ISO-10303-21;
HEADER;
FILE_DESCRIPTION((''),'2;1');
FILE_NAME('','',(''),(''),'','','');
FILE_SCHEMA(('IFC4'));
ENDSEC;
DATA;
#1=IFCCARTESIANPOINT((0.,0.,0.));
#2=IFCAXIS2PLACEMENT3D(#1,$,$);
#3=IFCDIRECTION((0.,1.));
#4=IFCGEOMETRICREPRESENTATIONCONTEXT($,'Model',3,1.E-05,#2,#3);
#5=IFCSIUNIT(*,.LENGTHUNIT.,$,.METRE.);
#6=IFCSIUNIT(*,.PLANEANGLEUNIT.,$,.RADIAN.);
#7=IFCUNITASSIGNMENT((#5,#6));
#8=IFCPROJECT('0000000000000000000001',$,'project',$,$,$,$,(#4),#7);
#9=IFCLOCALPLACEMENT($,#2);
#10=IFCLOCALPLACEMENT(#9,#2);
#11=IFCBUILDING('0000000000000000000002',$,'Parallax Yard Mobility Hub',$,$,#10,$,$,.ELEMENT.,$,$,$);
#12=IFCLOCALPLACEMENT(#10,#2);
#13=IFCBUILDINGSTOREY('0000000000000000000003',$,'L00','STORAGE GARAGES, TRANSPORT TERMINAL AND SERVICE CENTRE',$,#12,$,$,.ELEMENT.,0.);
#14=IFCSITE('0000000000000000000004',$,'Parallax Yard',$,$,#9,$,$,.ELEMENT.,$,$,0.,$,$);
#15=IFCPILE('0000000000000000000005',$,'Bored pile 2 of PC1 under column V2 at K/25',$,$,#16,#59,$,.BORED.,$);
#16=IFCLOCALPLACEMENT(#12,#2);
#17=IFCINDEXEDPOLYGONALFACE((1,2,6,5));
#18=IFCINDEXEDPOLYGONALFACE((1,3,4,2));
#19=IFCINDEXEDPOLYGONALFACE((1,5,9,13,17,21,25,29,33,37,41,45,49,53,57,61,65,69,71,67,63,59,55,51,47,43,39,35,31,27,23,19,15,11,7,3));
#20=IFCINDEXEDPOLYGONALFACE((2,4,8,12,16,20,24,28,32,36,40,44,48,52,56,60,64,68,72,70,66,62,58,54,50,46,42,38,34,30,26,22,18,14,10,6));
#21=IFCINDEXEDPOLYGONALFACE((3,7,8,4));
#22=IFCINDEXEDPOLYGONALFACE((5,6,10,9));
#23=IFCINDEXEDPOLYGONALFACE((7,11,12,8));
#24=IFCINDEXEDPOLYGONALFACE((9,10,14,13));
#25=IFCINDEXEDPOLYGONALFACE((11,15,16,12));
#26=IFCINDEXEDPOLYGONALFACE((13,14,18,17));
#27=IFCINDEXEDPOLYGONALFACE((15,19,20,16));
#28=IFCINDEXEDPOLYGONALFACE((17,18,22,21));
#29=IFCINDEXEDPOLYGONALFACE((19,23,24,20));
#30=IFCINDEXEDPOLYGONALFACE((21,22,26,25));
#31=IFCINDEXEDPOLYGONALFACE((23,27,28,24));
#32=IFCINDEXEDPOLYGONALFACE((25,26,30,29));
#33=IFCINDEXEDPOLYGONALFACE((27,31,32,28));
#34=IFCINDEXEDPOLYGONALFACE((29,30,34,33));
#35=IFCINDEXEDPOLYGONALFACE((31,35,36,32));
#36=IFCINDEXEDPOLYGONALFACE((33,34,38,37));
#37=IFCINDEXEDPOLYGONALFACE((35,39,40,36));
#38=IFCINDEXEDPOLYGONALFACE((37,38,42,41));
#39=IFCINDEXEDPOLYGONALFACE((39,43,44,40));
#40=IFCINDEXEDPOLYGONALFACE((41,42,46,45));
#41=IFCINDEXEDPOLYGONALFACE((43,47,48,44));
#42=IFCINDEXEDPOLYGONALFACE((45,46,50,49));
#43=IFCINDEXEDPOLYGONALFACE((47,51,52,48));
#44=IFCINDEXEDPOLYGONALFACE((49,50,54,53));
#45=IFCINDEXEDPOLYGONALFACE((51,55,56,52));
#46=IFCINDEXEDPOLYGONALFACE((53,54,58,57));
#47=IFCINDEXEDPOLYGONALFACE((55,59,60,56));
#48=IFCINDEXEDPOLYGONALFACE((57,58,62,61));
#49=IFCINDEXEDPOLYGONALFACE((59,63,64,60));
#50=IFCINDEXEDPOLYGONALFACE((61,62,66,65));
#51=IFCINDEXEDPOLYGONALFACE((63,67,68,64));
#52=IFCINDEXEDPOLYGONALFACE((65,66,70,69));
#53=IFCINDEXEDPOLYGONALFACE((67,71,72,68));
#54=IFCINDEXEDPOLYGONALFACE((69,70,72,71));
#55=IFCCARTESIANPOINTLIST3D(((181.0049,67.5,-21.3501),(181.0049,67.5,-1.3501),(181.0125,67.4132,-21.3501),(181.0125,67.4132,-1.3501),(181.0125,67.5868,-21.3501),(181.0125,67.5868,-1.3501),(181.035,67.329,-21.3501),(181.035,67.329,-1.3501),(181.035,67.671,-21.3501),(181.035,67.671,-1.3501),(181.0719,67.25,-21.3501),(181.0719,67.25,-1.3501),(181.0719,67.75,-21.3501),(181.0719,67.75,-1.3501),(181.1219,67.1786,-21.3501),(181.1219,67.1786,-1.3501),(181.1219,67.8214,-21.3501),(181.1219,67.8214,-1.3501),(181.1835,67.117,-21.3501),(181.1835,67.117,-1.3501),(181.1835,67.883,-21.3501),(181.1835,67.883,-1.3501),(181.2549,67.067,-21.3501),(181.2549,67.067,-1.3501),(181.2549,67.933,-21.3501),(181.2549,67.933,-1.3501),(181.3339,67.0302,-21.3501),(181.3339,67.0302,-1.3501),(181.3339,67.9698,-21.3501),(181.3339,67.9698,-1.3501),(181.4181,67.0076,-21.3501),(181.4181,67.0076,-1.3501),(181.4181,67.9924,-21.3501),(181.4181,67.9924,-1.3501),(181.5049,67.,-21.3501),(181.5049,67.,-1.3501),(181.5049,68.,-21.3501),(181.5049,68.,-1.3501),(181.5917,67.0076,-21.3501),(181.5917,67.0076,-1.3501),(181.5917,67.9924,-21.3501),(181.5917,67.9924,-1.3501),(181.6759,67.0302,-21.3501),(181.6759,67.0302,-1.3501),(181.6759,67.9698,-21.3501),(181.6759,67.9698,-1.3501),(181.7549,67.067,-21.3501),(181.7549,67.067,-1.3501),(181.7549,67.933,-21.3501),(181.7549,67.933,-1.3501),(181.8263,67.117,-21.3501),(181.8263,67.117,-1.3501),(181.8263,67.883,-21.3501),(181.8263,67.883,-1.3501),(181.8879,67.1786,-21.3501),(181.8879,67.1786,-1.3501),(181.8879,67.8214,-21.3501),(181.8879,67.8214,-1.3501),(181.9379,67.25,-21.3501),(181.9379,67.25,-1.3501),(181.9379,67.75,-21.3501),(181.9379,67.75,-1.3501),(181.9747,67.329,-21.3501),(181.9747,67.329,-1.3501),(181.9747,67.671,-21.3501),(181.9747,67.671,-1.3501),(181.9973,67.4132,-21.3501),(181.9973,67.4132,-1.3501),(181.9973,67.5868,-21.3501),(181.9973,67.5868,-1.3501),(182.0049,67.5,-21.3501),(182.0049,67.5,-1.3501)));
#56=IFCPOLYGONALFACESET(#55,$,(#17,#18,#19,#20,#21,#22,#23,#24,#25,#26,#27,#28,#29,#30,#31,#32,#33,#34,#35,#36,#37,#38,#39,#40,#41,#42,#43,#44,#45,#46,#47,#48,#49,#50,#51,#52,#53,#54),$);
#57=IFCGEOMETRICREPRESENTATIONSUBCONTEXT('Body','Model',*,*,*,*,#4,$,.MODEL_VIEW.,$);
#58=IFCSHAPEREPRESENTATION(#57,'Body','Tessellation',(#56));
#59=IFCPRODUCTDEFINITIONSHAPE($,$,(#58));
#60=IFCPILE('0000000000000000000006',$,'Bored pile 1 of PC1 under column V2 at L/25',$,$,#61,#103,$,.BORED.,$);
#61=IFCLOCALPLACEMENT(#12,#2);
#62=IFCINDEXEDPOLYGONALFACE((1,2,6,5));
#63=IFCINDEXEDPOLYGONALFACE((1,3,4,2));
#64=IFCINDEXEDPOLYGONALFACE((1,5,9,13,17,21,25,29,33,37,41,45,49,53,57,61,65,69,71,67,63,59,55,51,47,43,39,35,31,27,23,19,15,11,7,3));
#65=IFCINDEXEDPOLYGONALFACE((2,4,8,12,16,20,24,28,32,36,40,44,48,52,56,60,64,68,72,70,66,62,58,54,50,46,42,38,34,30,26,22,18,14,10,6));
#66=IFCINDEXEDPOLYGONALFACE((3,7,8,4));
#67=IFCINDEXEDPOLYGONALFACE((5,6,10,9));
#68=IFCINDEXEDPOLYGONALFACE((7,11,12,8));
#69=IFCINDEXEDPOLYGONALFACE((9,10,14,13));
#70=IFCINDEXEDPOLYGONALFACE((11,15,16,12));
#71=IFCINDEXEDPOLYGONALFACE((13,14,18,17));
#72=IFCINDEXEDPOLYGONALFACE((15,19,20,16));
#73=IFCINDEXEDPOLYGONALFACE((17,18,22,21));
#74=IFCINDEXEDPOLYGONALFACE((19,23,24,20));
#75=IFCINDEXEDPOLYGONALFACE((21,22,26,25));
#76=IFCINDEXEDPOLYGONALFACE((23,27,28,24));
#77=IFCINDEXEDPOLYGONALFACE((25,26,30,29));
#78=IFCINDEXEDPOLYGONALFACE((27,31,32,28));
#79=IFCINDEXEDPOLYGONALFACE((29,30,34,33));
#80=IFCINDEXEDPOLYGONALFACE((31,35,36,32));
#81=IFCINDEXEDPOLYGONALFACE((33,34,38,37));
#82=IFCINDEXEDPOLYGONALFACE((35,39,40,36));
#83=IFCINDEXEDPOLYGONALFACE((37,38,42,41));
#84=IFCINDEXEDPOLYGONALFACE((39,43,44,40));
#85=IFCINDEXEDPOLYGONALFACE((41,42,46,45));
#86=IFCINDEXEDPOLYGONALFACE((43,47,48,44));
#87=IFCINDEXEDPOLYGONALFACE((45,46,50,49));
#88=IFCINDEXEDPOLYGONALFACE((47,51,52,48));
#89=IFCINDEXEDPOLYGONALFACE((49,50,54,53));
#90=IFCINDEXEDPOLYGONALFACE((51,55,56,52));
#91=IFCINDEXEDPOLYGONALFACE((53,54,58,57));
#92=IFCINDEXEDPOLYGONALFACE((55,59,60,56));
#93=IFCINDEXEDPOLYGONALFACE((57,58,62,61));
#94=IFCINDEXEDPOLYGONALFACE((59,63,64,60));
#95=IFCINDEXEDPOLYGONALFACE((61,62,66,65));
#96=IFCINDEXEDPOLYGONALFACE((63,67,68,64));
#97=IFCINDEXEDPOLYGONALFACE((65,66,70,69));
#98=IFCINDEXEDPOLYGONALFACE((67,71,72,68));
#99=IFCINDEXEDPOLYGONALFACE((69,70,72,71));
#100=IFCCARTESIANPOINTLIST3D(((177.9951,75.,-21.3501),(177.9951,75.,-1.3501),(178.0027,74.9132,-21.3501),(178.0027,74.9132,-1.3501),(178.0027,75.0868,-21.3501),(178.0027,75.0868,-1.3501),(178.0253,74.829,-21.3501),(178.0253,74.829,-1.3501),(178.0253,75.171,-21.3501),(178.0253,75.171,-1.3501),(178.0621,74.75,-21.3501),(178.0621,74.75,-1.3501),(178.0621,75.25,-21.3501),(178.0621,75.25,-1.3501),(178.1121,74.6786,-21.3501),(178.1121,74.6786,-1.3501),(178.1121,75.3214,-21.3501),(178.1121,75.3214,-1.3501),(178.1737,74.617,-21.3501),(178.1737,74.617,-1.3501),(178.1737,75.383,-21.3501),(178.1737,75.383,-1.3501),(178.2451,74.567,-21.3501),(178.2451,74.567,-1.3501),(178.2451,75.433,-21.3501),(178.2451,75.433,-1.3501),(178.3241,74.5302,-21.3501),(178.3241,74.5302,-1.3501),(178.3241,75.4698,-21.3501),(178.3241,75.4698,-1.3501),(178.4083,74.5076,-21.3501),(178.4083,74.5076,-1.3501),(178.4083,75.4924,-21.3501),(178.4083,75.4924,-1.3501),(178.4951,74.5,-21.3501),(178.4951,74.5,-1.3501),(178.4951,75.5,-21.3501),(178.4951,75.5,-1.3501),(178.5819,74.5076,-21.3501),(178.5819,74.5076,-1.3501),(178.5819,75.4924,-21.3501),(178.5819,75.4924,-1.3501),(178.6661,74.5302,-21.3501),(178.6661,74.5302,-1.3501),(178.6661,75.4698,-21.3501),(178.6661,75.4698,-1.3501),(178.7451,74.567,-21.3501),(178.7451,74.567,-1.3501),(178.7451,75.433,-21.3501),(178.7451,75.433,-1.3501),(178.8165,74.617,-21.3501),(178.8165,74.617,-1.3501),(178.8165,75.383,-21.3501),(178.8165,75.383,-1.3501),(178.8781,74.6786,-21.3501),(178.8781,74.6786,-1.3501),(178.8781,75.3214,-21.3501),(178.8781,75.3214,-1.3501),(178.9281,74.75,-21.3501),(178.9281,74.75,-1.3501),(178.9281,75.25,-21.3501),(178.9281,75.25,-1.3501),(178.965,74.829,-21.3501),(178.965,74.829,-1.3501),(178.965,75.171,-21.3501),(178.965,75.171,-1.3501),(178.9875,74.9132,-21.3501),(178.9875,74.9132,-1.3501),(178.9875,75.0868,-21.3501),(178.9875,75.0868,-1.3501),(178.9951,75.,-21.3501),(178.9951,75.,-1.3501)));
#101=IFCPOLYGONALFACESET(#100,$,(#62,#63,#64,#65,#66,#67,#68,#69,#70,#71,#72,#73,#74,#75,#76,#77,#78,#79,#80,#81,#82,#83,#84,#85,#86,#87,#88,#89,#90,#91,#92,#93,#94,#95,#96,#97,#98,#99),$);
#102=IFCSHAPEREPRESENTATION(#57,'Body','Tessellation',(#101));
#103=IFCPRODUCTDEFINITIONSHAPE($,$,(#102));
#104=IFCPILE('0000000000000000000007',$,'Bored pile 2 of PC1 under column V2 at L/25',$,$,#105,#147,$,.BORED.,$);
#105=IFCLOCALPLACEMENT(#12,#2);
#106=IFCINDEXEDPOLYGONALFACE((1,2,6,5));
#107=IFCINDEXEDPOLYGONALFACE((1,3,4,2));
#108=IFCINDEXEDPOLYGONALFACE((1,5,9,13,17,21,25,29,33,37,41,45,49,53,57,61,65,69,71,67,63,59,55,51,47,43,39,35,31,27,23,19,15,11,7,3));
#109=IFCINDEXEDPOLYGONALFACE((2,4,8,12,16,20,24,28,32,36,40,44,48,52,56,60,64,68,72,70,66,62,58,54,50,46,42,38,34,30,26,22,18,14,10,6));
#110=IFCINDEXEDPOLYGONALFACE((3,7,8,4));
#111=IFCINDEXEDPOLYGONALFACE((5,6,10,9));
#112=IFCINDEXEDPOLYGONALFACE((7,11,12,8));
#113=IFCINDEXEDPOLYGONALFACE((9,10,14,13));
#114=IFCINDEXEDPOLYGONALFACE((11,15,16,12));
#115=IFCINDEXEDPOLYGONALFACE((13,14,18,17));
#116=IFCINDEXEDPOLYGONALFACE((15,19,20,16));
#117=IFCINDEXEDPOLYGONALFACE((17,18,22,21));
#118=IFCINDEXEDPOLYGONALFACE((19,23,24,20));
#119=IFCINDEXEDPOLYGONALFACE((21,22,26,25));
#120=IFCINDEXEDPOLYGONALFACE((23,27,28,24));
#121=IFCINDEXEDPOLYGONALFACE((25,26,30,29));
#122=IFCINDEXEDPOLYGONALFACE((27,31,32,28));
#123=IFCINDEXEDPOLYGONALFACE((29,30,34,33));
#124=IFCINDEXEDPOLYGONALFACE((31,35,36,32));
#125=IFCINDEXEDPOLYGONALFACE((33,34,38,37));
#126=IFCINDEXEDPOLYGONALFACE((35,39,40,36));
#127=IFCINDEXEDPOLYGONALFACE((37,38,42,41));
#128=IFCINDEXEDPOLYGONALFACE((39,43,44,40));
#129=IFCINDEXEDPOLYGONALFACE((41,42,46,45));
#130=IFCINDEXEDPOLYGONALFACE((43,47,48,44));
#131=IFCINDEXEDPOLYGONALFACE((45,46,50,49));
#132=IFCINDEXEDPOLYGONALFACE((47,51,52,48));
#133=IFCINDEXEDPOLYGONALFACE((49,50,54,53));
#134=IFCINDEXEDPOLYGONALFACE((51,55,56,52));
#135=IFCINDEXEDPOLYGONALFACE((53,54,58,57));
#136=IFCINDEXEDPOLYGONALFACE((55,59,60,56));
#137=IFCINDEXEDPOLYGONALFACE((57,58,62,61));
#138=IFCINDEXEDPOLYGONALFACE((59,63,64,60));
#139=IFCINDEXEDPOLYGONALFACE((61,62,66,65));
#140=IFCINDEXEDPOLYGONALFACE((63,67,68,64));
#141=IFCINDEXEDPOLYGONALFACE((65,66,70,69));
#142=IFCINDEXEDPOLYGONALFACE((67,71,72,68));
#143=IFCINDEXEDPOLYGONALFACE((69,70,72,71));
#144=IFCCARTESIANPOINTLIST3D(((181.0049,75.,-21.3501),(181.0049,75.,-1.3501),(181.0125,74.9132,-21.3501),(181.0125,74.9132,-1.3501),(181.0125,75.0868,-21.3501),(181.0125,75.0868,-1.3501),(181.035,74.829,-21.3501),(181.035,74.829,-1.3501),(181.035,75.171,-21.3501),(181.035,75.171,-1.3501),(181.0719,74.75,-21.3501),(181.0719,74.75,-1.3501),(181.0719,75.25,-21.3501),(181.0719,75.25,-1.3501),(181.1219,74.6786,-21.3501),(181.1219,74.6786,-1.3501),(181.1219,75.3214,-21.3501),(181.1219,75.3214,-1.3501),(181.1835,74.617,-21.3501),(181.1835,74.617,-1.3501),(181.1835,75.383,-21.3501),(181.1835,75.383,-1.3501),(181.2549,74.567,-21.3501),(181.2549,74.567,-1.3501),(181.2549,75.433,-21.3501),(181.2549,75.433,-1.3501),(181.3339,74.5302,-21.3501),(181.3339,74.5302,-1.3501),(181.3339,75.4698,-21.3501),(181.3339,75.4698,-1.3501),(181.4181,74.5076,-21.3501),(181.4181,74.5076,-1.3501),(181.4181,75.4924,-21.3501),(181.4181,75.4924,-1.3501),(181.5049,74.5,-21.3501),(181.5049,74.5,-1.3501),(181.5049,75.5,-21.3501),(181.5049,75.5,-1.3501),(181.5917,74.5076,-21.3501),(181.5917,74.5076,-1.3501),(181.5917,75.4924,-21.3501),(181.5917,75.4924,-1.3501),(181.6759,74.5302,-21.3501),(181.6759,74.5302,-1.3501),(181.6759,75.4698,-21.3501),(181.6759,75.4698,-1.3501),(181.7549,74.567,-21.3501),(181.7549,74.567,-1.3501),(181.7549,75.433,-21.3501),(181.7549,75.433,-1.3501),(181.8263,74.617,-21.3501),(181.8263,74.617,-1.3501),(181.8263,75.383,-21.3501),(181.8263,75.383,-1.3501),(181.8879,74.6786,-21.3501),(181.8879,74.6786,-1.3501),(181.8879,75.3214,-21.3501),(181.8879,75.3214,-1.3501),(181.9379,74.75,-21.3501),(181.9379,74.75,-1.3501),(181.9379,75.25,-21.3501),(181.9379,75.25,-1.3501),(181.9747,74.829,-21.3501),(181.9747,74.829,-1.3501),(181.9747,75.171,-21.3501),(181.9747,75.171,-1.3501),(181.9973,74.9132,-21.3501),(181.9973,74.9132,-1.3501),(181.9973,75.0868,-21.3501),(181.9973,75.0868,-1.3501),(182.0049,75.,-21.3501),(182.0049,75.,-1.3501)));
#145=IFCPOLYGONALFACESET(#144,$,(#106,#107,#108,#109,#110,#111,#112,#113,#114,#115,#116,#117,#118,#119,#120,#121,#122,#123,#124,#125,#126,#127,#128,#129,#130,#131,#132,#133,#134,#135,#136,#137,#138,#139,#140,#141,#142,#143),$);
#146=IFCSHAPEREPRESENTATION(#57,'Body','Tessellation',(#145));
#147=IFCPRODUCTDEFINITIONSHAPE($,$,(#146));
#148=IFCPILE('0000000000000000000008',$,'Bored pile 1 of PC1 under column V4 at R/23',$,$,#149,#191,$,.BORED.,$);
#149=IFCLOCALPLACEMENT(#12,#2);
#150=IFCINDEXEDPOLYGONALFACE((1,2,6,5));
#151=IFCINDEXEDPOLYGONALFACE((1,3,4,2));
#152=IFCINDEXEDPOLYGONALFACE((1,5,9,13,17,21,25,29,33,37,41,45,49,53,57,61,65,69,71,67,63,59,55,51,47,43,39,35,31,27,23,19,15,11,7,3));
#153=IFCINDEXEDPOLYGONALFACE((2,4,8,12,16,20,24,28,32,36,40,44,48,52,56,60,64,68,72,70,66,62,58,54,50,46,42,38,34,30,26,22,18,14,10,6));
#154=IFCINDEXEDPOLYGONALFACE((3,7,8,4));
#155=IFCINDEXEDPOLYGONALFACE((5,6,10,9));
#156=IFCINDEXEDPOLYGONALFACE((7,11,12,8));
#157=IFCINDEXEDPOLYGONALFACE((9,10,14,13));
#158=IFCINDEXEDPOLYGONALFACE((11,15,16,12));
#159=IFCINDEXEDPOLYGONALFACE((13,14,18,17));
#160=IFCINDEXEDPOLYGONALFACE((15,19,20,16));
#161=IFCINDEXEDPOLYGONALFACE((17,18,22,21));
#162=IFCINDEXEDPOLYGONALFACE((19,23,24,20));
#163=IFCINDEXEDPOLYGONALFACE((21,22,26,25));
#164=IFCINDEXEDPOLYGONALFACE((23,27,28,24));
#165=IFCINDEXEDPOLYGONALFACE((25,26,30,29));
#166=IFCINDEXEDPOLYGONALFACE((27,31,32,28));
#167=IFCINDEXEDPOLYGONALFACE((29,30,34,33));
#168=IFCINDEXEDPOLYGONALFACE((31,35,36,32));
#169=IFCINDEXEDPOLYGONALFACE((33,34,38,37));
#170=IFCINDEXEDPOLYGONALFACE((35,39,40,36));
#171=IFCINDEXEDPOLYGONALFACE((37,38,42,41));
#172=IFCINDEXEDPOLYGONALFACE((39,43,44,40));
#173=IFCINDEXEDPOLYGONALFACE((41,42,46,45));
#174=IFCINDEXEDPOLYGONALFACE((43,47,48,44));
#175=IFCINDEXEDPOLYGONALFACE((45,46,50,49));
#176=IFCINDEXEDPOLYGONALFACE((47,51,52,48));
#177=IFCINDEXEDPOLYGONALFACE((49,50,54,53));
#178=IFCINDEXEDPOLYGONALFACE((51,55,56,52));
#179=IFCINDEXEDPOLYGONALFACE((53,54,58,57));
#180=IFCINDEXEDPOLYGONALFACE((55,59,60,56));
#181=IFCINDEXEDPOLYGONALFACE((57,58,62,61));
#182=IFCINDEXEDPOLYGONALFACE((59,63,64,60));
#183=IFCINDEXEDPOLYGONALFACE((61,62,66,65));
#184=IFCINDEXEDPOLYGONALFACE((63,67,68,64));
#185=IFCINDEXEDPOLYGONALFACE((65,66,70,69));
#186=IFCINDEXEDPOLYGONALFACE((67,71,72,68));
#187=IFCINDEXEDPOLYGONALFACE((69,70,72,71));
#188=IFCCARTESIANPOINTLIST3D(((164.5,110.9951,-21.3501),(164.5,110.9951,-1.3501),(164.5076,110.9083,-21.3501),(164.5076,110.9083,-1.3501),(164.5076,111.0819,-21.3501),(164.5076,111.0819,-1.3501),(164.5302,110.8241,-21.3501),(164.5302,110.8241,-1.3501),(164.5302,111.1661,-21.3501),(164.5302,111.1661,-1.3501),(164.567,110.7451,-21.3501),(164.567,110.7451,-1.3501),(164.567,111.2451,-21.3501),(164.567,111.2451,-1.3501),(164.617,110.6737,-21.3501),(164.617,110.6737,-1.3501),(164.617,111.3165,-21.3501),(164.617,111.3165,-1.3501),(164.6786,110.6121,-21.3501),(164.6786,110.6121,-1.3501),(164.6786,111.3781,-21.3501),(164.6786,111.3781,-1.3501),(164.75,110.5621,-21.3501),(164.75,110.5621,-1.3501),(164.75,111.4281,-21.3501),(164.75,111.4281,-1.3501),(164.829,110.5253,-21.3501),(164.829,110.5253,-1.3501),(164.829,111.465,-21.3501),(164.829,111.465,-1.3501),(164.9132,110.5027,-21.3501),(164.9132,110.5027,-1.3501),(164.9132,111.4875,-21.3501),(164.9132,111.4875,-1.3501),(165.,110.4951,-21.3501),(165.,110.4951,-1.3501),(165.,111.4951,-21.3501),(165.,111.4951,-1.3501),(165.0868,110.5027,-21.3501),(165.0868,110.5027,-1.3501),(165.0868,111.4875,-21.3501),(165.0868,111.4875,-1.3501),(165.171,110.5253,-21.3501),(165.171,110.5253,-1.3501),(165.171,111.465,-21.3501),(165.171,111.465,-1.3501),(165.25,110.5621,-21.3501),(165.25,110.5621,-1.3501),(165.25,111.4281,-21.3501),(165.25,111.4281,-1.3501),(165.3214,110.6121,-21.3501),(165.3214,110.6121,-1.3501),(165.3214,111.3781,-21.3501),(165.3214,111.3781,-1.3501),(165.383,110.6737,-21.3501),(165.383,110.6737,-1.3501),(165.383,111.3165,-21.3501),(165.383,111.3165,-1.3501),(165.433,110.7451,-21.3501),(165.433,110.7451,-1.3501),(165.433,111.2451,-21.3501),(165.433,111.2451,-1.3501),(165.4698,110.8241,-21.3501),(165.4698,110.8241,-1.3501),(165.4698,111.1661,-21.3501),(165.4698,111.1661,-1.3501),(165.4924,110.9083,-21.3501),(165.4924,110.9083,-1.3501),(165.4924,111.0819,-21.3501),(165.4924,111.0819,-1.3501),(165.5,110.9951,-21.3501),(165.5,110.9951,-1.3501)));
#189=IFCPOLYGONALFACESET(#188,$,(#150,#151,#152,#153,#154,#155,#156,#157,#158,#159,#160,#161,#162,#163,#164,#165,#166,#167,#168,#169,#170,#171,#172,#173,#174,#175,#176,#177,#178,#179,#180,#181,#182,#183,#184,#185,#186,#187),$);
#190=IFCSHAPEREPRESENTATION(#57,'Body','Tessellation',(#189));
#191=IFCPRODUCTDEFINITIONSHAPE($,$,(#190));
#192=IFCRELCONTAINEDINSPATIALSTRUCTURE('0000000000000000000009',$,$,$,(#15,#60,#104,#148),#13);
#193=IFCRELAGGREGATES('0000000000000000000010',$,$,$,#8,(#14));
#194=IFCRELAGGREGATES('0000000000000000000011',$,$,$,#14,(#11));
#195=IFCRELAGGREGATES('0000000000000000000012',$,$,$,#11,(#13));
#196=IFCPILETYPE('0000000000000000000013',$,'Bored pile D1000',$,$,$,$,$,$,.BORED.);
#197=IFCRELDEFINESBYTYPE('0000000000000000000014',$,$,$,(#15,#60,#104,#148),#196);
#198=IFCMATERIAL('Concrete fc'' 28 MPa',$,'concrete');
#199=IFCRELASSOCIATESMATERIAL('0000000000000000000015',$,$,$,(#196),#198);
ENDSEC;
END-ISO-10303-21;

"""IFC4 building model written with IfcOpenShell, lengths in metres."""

from ifc_helpers import new_model, si_unit, direction, frame, origin, origin_2d, place, context, subcontext, project, spatial, circle, extrude, material, material_profile, profile_set, type_object, element, save


model = new_model("IFC4")

# Units and contexts
model_context = context("Model", 3, precision=1e-05, world=origin(), true_north=direction((0.0, 1.0)))
body_context = subcontext(model_context, "Body", "Model", "MODEL_VIEW")
ifc_project = project(units=[si_unit("LENGTHUNIT", "METRE"), si_unit("PLANEANGLEUNIT", "RADIAN")], contexts=[model_context])

# Site, building, storey
site_placement = place(None, origin())
site = spatial("IfcSite", under=ifc_project, at=site_placement, Name="Parallax Yard", CompositionType="ELEMENT", RefElevation=0.0)
building_placement = place(site_placement, origin())
building = spatial("IfcBuilding", under=site, at=building_placement, Name="Parallax Yard Mobility Hub", CompositionType="ELEMENT")
storey_placement = place(building_placement, origin())
storey = spatial("IfcBuildingStorey", under=building, at=storey_placement, Name="L00", Description="STORAGE GARAGES, TRANSPORT TERMINAL AND SERVICE CENTRE", CompositionType="ELEMENT", Elevation=0.0)

# Piles
ifc_material_1 = material(Name="Concrete fc' 28 MPa", Category="concrete")
ifc_material_profile_1 = material_profile(ifc_material_1, circle(Radius=0.5, at=origin_2d()), Name="Bored pile D1000")
ifc_profile_set_1 = profile_set([ifc_material_profile_1], Name="Concrete fc' 28 MPa")
pile_type = type_object("IfcPileType", Name="Bored pile D1000", PredefinedType="BORED", material=ifc_profile_set_1)
for number, where, z_axis, x_axis, name in (
    (1, (181.5049, 67.5, -1.3501), (0.0, 0.0, -1.0), (1.0, 0.0, 0.0), "Bored pile 2 of PC1 under column V2 at K/25"),
    (2, (178.4951, 75.0, -1.3501), (0.0, 0.0, -1.0), (1.0, 0.0, 0.0), "Bored pile 1 of PC1 under column V2 at L/25"),
    (3, (181.5049, 75.0, -1.3501), (0.0, 0.0, -1.0), (1.0, 0.0, 0.0), "Bored pile 2 of PC1 under column V2 at L/25"),
    (4, (165.0, 110.9951, -1.3501), (0.0, 0.0, -1.0), (1.0, 0.0, 0.0), "Bored pile 1 of PC1 under column V4 at R/23"),
):
    element("IfcPile", number, at=place(storey_placement, frame(where, z_axis=z_axis, x_axis=x_axis)), inside=storey, type_object=pile_type, Name=name, PredefinedType="BORED", context=body_context, shape_type="SweptSolid", body=[
        extrude(circle(Radius=0.5, at=origin_2d()), origin(), (0.0, 0.0, 1.0), 20.0),
    ])

save(model, "model.ifc")
